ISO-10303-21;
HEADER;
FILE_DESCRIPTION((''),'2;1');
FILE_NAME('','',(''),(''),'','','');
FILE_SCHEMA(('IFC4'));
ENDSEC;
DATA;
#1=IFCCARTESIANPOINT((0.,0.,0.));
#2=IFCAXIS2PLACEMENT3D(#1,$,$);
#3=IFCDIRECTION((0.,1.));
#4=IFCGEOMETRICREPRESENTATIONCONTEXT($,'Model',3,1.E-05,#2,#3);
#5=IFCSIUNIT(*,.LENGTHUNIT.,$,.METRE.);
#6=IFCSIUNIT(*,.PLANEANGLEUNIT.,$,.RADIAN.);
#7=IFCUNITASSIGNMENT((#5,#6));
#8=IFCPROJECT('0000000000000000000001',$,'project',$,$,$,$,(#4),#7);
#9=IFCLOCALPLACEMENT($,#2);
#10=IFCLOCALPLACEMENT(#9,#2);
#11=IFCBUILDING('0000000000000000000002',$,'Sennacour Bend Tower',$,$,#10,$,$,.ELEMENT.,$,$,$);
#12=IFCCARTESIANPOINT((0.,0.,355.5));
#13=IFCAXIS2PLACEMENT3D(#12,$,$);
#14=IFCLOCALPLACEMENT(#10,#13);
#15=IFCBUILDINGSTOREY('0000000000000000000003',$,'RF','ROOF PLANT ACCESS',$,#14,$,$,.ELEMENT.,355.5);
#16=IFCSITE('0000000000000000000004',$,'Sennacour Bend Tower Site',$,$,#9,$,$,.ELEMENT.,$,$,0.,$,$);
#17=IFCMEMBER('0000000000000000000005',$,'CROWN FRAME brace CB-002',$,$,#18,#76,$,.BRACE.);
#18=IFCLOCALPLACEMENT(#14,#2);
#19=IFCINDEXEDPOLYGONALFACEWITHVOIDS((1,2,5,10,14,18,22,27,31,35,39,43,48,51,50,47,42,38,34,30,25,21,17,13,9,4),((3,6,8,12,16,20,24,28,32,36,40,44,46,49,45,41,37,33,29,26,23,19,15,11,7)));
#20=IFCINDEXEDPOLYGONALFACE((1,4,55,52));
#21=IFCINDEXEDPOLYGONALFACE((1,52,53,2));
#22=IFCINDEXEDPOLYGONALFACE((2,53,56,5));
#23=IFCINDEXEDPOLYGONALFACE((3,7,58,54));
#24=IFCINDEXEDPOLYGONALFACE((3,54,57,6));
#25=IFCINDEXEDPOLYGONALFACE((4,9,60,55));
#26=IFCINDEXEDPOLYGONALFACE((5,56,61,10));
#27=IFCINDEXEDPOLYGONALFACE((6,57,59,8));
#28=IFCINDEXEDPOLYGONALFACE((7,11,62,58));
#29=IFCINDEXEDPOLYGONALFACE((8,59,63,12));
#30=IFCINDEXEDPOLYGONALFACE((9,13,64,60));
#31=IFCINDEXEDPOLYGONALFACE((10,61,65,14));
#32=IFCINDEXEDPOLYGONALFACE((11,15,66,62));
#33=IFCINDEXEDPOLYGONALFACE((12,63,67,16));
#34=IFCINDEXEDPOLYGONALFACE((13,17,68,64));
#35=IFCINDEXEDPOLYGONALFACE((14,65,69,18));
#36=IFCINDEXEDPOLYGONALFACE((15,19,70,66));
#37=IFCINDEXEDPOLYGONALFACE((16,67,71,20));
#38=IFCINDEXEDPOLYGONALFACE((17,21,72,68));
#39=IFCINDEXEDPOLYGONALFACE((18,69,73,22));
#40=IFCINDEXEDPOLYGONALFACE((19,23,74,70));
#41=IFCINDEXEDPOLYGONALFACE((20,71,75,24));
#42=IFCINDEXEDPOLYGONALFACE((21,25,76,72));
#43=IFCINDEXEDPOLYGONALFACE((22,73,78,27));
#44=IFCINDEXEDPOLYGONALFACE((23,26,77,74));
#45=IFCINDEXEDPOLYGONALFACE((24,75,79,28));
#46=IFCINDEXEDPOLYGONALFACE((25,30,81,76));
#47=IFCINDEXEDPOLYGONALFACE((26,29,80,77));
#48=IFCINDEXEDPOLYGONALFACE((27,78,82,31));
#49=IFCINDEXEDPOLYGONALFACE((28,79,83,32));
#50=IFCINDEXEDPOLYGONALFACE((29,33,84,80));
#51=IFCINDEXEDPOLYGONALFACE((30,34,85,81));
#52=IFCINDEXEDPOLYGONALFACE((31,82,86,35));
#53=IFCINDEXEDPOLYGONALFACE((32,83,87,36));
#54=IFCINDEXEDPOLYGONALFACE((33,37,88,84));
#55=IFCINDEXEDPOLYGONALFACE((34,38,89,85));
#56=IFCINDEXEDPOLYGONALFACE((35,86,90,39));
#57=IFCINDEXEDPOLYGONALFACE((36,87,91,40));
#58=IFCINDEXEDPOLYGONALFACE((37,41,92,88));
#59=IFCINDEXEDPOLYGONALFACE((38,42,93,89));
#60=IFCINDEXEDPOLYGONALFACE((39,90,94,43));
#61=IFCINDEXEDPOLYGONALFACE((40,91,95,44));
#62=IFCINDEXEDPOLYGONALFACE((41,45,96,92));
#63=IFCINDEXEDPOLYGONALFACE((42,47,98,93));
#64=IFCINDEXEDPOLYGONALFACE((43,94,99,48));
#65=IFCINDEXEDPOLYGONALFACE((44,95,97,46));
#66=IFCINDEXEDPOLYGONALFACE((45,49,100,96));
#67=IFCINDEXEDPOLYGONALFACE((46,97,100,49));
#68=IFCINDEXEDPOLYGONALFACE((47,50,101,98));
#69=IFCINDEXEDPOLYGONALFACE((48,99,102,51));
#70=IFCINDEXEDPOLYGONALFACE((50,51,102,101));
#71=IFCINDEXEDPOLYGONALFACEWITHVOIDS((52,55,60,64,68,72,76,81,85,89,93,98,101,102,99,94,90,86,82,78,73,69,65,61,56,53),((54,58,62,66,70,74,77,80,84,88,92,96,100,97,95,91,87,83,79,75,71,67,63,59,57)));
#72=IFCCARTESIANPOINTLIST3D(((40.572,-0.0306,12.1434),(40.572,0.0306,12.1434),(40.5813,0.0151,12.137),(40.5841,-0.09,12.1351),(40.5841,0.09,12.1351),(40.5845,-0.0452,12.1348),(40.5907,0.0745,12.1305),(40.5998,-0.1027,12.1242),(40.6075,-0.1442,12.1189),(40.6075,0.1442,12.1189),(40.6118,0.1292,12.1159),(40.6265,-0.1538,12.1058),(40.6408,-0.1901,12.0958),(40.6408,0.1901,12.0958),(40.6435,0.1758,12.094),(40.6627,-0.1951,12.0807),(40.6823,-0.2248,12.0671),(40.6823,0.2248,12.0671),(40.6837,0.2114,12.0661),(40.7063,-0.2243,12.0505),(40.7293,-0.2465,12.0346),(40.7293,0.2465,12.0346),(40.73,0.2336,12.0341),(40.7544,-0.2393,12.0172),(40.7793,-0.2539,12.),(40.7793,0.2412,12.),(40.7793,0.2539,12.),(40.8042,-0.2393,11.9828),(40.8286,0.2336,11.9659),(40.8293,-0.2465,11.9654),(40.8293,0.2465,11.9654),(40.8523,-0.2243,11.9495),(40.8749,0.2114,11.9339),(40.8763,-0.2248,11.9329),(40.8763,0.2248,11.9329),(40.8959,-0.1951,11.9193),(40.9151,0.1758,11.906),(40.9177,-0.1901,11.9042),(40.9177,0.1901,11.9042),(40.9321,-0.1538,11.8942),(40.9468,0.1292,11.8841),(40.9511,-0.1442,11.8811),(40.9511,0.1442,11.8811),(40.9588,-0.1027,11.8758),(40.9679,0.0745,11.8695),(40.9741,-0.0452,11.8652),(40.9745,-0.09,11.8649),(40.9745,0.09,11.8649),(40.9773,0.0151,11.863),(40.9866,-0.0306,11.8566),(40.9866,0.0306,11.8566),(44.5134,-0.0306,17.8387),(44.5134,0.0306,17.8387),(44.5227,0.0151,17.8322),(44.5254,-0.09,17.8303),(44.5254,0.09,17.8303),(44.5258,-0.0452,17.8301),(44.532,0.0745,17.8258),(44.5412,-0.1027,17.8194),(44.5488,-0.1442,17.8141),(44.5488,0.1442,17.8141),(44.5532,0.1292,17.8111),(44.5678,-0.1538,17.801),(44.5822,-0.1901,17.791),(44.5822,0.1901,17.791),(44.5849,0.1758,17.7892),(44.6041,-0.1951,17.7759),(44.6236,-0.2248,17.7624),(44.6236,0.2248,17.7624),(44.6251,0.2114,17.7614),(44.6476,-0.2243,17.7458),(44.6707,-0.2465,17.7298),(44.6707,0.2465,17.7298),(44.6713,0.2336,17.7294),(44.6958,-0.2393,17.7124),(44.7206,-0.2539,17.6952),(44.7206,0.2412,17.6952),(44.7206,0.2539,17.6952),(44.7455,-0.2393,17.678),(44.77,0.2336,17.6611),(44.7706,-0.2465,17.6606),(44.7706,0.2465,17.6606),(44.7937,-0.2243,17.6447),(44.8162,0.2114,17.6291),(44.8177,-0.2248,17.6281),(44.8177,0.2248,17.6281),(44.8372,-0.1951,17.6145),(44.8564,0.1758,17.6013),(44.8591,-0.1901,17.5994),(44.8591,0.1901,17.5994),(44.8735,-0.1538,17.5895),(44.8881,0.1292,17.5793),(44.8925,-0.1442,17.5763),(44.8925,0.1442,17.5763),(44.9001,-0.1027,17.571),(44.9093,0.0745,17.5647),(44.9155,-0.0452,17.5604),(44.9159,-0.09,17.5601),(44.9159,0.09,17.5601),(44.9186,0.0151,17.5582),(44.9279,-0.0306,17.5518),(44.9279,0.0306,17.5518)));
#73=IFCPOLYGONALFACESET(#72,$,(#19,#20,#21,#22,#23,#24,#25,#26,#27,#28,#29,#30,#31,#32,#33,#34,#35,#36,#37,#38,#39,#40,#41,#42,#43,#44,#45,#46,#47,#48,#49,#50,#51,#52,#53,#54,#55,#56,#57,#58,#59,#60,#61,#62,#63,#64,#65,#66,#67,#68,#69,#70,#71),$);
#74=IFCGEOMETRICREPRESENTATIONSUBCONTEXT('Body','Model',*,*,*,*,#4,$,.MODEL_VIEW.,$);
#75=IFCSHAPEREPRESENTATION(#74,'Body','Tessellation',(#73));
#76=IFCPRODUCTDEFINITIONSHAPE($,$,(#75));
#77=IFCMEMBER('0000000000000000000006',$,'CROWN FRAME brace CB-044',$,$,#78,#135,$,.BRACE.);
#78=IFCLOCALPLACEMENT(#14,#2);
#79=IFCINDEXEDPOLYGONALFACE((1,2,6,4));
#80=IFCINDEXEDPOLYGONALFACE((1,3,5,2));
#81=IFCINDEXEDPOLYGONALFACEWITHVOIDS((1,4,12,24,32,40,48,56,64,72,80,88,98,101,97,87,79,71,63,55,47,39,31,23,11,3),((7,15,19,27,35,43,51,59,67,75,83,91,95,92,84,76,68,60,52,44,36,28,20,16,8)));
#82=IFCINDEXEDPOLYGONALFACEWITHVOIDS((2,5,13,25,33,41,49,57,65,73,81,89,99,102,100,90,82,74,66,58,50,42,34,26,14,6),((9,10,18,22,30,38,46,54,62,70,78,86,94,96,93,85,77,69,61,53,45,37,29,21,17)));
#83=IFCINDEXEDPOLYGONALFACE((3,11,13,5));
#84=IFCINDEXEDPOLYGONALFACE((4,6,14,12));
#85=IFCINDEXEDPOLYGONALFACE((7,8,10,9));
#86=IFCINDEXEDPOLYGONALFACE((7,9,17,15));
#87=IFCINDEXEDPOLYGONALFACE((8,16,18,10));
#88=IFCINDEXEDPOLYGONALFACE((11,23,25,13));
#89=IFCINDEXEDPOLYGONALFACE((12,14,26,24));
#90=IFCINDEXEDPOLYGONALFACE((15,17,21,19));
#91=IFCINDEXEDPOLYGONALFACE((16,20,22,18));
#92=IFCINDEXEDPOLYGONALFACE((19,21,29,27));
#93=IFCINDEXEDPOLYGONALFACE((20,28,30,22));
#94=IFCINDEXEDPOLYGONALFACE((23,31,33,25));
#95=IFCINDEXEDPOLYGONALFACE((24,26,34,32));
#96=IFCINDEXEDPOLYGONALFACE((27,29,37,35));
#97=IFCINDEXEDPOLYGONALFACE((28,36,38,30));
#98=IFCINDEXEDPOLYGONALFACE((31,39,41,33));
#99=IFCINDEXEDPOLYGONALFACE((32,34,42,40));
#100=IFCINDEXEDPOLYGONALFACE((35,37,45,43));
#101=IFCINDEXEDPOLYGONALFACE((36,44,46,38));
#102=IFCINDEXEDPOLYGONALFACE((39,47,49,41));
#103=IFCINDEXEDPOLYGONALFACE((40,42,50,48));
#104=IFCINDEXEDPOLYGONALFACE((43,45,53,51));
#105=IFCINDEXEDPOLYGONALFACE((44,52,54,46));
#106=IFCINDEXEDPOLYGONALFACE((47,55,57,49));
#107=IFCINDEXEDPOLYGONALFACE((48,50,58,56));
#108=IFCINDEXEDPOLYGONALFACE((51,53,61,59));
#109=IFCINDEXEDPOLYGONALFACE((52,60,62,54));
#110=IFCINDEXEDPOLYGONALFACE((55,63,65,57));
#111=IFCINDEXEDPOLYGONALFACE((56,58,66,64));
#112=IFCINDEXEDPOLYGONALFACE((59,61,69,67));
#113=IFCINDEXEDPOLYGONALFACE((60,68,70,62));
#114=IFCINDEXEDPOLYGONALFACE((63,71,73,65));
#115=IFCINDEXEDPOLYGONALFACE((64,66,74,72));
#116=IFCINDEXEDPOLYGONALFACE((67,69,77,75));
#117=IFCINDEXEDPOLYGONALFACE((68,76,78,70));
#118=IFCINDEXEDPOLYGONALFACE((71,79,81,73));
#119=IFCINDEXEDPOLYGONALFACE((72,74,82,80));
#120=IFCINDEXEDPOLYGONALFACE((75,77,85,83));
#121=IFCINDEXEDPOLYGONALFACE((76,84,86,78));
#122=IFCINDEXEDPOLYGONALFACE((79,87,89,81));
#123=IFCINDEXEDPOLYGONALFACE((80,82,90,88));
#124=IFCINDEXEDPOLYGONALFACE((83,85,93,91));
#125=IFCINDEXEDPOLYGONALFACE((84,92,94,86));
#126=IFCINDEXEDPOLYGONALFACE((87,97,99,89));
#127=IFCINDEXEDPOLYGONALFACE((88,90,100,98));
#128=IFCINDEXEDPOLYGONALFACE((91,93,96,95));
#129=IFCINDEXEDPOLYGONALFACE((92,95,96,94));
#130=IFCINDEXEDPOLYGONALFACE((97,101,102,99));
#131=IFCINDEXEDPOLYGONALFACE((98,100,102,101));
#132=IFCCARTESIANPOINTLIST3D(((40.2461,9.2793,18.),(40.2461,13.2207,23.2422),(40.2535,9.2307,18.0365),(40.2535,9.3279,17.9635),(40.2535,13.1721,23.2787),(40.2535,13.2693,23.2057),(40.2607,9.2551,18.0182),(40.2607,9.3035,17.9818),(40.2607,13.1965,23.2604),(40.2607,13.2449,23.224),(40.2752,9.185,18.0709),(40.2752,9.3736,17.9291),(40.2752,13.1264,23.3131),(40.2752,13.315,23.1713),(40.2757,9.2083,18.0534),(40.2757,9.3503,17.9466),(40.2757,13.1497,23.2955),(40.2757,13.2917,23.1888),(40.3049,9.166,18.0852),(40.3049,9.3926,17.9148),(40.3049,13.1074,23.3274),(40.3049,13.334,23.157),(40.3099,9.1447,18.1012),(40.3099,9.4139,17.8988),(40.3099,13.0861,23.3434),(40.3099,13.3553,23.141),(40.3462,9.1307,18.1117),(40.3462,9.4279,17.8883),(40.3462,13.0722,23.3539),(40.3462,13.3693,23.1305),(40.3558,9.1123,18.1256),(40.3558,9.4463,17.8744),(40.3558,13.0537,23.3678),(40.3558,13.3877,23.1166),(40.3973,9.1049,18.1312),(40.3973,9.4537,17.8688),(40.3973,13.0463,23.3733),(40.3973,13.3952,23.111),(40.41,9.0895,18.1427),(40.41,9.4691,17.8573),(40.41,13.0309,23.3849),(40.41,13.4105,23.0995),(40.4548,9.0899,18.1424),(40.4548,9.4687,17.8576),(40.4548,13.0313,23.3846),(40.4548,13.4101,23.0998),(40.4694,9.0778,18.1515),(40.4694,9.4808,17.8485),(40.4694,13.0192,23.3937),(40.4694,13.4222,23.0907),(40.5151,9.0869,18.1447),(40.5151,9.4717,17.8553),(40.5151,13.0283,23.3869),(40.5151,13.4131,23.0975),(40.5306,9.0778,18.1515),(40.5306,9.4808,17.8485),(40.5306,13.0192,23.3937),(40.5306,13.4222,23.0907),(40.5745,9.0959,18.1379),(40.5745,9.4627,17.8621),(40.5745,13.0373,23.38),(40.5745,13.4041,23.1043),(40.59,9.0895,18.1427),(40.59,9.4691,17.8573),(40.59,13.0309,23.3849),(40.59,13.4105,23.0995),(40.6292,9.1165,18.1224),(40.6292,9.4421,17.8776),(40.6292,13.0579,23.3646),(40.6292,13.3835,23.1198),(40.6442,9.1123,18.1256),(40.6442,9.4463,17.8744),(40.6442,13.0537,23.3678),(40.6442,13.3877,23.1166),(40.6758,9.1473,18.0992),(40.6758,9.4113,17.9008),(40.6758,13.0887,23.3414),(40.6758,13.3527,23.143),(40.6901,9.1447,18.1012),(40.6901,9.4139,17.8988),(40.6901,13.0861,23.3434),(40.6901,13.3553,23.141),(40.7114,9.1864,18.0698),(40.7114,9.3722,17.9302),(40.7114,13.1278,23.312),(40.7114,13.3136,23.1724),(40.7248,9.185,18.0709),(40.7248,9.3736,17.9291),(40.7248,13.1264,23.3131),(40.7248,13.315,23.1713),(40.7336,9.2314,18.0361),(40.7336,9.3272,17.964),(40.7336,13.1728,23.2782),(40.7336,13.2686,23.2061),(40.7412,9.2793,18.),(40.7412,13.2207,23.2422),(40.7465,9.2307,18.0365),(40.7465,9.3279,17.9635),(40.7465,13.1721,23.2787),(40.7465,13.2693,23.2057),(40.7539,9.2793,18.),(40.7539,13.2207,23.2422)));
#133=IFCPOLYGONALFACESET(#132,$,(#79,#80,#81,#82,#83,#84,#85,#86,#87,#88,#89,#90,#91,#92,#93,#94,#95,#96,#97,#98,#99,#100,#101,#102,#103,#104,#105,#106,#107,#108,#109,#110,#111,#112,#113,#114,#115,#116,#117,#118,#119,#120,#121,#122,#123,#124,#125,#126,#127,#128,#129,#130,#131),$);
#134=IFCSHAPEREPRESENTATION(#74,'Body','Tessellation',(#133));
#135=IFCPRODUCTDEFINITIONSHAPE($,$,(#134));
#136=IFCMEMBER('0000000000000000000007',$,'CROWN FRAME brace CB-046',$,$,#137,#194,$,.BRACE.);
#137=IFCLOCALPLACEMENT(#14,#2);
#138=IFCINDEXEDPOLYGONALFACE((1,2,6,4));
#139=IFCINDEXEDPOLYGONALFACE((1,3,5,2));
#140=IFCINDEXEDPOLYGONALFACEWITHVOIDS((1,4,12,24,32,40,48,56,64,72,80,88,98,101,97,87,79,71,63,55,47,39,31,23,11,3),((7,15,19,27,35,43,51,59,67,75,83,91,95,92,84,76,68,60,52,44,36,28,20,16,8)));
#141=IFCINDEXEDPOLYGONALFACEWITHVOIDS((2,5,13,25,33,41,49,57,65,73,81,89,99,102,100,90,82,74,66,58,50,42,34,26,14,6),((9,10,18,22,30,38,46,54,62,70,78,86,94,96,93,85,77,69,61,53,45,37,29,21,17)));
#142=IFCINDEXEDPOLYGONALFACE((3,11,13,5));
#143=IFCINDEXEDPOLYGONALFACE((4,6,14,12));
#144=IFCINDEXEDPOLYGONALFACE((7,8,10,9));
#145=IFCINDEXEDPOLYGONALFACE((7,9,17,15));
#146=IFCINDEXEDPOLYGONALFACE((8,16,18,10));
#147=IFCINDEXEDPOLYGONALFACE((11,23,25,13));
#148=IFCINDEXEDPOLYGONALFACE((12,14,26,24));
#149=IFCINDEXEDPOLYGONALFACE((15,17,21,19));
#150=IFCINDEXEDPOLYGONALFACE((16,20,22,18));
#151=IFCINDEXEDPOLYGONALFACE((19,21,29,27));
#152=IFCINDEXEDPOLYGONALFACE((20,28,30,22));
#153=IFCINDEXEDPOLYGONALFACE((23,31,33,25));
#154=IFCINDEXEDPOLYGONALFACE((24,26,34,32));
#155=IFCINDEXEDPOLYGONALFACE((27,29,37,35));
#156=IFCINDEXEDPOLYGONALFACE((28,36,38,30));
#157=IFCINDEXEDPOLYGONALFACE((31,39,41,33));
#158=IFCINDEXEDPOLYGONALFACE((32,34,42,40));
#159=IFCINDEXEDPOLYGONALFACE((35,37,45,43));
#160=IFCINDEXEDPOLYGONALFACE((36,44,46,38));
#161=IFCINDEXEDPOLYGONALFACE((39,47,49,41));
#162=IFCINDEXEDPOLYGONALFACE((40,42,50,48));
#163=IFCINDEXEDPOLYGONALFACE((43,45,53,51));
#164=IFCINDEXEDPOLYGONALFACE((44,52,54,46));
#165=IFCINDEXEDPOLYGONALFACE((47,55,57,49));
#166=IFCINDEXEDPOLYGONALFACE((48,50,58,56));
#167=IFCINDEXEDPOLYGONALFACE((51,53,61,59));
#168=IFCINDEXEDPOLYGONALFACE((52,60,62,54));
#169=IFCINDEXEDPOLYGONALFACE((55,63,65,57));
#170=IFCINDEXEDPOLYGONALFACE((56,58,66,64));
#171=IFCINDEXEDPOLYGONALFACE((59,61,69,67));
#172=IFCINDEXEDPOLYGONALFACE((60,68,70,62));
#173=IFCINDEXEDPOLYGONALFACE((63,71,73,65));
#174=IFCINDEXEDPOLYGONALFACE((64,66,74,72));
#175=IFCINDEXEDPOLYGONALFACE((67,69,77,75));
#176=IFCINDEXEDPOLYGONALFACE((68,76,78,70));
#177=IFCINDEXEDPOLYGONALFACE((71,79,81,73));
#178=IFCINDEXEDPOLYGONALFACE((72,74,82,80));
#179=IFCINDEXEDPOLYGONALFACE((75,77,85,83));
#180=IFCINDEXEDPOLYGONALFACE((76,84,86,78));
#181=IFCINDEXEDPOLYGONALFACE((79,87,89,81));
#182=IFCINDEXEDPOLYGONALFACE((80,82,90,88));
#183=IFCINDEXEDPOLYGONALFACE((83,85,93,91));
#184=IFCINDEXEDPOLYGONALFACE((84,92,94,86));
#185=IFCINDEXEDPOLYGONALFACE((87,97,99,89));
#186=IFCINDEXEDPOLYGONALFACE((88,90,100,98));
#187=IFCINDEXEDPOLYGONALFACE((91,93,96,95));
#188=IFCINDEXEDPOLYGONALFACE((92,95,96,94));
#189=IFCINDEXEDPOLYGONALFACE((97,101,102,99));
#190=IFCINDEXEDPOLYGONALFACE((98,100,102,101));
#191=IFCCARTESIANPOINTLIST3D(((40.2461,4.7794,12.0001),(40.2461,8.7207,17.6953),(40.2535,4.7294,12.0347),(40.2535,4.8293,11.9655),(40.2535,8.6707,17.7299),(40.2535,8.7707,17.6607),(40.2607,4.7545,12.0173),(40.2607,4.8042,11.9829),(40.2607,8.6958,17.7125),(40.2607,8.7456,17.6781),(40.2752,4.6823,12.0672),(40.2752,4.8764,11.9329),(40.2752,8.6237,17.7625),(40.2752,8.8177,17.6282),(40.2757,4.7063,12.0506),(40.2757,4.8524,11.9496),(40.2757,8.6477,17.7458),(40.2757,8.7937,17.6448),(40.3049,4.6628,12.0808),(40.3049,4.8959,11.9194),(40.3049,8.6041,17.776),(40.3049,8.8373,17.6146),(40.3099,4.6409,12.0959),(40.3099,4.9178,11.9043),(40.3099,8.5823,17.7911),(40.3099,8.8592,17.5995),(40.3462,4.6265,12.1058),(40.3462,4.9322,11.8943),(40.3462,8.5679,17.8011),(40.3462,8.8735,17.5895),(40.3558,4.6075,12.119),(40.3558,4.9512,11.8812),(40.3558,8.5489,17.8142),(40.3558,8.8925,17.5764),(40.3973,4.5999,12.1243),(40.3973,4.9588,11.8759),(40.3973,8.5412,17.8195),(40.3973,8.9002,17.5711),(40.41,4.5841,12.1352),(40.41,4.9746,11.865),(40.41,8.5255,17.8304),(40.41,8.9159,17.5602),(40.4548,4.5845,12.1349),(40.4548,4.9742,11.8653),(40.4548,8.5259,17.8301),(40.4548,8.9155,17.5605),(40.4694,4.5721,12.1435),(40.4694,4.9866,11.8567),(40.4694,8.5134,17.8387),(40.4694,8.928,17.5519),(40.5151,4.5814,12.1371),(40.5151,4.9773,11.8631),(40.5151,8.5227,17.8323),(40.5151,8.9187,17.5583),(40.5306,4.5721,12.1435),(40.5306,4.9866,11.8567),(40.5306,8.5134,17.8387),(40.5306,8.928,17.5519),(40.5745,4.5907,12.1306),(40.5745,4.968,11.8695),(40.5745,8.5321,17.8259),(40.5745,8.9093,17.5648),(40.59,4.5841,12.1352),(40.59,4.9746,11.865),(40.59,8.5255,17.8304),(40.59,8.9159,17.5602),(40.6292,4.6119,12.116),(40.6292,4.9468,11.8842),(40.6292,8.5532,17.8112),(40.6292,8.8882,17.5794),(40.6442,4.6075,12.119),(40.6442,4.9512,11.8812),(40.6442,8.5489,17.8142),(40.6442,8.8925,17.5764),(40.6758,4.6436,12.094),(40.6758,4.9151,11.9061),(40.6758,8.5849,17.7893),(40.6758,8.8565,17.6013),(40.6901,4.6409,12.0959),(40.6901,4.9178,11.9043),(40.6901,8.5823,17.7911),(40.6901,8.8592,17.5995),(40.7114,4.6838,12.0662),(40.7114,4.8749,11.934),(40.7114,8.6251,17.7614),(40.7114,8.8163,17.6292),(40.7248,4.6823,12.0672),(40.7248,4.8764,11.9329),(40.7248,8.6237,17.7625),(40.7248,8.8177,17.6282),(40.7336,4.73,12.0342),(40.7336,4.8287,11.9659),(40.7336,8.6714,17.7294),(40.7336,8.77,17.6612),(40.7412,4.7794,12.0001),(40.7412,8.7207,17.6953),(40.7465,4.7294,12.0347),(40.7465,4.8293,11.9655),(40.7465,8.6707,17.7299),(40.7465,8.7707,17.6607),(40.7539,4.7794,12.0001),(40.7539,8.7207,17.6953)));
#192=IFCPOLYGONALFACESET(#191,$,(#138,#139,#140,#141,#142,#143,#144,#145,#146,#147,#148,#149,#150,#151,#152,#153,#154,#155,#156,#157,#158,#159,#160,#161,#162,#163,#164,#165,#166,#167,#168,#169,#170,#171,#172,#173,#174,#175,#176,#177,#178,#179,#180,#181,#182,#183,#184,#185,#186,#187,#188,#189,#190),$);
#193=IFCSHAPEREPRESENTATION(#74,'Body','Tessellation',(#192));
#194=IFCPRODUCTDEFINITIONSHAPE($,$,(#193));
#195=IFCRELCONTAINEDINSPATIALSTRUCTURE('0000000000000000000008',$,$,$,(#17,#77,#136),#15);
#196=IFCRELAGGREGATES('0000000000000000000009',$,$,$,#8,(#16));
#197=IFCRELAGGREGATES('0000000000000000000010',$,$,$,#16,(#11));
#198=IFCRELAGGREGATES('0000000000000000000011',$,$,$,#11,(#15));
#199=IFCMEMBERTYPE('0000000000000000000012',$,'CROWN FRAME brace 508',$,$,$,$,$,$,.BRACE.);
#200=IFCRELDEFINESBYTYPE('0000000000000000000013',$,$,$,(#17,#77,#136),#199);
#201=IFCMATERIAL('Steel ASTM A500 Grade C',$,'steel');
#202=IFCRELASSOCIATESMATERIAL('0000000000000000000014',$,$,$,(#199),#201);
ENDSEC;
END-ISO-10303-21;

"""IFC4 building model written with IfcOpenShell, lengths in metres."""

from ifc_helpers import new_model, si_unit, direction, frame, origin, origin_2d, place, context, subcontext, project, spatial, hollow_circle, extrude, material, material_profile, profile_set, type_object, element, save


model = new_model("IFC4")

# Units and contexts
model_context = context("Model", 3, precision=1e-05, world=origin(), true_north=direction((0.0, 1.0)))
body_context = subcontext(model_context, "Body", "Model", "MODEL_VIEW")
ifc_project = project(units=[si_unit("LENGTHUNIT", "METRE"), si_unit("PLANEANGLEUNIT", "RADIAN")], contexts=[model_context])

# Site, building, storey
site_placement = place(None, origin())
site = spatial("IfcSite", under=ifc_project, at=site_placement, Name="Sennacour Bend Tower Site", CompositionType="ELEMENT", RefElevation=0.0)
building_placement = place(site_placement, origin())
building = spatial("IfcBuilding", under=site, at=building_placement, Name="Sennacour Bend Tower", CompositionType="ELEMENT")
storey_placement = place(building_placement, frame((0.0, 0.0, 355.5)))
storey = spatial("IfcBuildingStorey", under=building, at=storey_placement, Name="RF", Description="ROOF PLANT ACCESS", CompositionType="ELEMENT", Elevation=355.5)

# Members
ifc_material_1 = material(Name="Steel ASTM A500 Grade C", Category="steel")
ifc_material_profile_1 = material_profile(ifc_material_1, hollow_circle(Radius=0.2539, WallThickness=0.0127, at=origin_2d()), Name="Steel ASTM A500 Grade C", Category="steel")
ifc_profile_set_1 = profile_set([ifc_material_profile_1], Name="Steel ASTM A500 Grade C")
member_type_1 = type_object("IfcMemberType", Name="CROWN FRAME brace 508", PredefinedType="BRACE", material=ifc_profile_set_1)
member_1_placement = place(storey_placement, frame((40.7793, 0.0, 12.0), z_axis=(0.569063, 0.0, 0.822294), x_axis=(0.0, 1.0, 0.0)))
element("IfcMember", 1, at=member_1_placement, inside=storey, type_object=member_type_1, Name="CROWN FRAME brace CB-002", PredefinedType="BRACE", context=body_context, shape_type="SweptSolid", body=[
    extrude(hollow_circle(Radius=0.2539, WallThickness=0.0127, at=origin_2d()), origin(), (0.0, 0.0, 1.0), 6.926),
])
member_2_placement = place(storey_placement, frame((40.5, 13.2207, 23.2422), z_axis=(0.0, -0.600953, -0.799285), x_axis=(1.0, 0.0, 0.0)))
element("IfcMember", 2, at=member_2_placement, inside=storey, type_object=member_type_1, Name="CROWN FRAME brace CB-044", PredefinedType="BRACE", context=body_context, shape_type="SweptSolid", body=[
    extrude(hollow_circle(Radius=0.2539, WallThickness=0.0127, at=origin_2d()), origin(), (0.0, 0.0, 1.0), 6.5586),
])
member_3_placement = place(storey_placement, frame((40.5, 8.7207, 17.6953), z_axis=(0.0, -0.569063, -0.822294), x_axis=(1.0, 0.0, 0.0)))
element("IfcMember", 3, at=member_3_placement, inside=storey, type_object=member_type_1, Name="CROWN FRAME brace CB-046", PredefinedType="BRACE", context=body_context, shape_type="SweptSolid", body=[
    extrude(hollow_circle(Radius=0.2539, WallThickness=0.0127, at=origin_2d()), origin(), (0.0, 0.0, 1.0), 6.926),
])

save(model, "model.ifc")
